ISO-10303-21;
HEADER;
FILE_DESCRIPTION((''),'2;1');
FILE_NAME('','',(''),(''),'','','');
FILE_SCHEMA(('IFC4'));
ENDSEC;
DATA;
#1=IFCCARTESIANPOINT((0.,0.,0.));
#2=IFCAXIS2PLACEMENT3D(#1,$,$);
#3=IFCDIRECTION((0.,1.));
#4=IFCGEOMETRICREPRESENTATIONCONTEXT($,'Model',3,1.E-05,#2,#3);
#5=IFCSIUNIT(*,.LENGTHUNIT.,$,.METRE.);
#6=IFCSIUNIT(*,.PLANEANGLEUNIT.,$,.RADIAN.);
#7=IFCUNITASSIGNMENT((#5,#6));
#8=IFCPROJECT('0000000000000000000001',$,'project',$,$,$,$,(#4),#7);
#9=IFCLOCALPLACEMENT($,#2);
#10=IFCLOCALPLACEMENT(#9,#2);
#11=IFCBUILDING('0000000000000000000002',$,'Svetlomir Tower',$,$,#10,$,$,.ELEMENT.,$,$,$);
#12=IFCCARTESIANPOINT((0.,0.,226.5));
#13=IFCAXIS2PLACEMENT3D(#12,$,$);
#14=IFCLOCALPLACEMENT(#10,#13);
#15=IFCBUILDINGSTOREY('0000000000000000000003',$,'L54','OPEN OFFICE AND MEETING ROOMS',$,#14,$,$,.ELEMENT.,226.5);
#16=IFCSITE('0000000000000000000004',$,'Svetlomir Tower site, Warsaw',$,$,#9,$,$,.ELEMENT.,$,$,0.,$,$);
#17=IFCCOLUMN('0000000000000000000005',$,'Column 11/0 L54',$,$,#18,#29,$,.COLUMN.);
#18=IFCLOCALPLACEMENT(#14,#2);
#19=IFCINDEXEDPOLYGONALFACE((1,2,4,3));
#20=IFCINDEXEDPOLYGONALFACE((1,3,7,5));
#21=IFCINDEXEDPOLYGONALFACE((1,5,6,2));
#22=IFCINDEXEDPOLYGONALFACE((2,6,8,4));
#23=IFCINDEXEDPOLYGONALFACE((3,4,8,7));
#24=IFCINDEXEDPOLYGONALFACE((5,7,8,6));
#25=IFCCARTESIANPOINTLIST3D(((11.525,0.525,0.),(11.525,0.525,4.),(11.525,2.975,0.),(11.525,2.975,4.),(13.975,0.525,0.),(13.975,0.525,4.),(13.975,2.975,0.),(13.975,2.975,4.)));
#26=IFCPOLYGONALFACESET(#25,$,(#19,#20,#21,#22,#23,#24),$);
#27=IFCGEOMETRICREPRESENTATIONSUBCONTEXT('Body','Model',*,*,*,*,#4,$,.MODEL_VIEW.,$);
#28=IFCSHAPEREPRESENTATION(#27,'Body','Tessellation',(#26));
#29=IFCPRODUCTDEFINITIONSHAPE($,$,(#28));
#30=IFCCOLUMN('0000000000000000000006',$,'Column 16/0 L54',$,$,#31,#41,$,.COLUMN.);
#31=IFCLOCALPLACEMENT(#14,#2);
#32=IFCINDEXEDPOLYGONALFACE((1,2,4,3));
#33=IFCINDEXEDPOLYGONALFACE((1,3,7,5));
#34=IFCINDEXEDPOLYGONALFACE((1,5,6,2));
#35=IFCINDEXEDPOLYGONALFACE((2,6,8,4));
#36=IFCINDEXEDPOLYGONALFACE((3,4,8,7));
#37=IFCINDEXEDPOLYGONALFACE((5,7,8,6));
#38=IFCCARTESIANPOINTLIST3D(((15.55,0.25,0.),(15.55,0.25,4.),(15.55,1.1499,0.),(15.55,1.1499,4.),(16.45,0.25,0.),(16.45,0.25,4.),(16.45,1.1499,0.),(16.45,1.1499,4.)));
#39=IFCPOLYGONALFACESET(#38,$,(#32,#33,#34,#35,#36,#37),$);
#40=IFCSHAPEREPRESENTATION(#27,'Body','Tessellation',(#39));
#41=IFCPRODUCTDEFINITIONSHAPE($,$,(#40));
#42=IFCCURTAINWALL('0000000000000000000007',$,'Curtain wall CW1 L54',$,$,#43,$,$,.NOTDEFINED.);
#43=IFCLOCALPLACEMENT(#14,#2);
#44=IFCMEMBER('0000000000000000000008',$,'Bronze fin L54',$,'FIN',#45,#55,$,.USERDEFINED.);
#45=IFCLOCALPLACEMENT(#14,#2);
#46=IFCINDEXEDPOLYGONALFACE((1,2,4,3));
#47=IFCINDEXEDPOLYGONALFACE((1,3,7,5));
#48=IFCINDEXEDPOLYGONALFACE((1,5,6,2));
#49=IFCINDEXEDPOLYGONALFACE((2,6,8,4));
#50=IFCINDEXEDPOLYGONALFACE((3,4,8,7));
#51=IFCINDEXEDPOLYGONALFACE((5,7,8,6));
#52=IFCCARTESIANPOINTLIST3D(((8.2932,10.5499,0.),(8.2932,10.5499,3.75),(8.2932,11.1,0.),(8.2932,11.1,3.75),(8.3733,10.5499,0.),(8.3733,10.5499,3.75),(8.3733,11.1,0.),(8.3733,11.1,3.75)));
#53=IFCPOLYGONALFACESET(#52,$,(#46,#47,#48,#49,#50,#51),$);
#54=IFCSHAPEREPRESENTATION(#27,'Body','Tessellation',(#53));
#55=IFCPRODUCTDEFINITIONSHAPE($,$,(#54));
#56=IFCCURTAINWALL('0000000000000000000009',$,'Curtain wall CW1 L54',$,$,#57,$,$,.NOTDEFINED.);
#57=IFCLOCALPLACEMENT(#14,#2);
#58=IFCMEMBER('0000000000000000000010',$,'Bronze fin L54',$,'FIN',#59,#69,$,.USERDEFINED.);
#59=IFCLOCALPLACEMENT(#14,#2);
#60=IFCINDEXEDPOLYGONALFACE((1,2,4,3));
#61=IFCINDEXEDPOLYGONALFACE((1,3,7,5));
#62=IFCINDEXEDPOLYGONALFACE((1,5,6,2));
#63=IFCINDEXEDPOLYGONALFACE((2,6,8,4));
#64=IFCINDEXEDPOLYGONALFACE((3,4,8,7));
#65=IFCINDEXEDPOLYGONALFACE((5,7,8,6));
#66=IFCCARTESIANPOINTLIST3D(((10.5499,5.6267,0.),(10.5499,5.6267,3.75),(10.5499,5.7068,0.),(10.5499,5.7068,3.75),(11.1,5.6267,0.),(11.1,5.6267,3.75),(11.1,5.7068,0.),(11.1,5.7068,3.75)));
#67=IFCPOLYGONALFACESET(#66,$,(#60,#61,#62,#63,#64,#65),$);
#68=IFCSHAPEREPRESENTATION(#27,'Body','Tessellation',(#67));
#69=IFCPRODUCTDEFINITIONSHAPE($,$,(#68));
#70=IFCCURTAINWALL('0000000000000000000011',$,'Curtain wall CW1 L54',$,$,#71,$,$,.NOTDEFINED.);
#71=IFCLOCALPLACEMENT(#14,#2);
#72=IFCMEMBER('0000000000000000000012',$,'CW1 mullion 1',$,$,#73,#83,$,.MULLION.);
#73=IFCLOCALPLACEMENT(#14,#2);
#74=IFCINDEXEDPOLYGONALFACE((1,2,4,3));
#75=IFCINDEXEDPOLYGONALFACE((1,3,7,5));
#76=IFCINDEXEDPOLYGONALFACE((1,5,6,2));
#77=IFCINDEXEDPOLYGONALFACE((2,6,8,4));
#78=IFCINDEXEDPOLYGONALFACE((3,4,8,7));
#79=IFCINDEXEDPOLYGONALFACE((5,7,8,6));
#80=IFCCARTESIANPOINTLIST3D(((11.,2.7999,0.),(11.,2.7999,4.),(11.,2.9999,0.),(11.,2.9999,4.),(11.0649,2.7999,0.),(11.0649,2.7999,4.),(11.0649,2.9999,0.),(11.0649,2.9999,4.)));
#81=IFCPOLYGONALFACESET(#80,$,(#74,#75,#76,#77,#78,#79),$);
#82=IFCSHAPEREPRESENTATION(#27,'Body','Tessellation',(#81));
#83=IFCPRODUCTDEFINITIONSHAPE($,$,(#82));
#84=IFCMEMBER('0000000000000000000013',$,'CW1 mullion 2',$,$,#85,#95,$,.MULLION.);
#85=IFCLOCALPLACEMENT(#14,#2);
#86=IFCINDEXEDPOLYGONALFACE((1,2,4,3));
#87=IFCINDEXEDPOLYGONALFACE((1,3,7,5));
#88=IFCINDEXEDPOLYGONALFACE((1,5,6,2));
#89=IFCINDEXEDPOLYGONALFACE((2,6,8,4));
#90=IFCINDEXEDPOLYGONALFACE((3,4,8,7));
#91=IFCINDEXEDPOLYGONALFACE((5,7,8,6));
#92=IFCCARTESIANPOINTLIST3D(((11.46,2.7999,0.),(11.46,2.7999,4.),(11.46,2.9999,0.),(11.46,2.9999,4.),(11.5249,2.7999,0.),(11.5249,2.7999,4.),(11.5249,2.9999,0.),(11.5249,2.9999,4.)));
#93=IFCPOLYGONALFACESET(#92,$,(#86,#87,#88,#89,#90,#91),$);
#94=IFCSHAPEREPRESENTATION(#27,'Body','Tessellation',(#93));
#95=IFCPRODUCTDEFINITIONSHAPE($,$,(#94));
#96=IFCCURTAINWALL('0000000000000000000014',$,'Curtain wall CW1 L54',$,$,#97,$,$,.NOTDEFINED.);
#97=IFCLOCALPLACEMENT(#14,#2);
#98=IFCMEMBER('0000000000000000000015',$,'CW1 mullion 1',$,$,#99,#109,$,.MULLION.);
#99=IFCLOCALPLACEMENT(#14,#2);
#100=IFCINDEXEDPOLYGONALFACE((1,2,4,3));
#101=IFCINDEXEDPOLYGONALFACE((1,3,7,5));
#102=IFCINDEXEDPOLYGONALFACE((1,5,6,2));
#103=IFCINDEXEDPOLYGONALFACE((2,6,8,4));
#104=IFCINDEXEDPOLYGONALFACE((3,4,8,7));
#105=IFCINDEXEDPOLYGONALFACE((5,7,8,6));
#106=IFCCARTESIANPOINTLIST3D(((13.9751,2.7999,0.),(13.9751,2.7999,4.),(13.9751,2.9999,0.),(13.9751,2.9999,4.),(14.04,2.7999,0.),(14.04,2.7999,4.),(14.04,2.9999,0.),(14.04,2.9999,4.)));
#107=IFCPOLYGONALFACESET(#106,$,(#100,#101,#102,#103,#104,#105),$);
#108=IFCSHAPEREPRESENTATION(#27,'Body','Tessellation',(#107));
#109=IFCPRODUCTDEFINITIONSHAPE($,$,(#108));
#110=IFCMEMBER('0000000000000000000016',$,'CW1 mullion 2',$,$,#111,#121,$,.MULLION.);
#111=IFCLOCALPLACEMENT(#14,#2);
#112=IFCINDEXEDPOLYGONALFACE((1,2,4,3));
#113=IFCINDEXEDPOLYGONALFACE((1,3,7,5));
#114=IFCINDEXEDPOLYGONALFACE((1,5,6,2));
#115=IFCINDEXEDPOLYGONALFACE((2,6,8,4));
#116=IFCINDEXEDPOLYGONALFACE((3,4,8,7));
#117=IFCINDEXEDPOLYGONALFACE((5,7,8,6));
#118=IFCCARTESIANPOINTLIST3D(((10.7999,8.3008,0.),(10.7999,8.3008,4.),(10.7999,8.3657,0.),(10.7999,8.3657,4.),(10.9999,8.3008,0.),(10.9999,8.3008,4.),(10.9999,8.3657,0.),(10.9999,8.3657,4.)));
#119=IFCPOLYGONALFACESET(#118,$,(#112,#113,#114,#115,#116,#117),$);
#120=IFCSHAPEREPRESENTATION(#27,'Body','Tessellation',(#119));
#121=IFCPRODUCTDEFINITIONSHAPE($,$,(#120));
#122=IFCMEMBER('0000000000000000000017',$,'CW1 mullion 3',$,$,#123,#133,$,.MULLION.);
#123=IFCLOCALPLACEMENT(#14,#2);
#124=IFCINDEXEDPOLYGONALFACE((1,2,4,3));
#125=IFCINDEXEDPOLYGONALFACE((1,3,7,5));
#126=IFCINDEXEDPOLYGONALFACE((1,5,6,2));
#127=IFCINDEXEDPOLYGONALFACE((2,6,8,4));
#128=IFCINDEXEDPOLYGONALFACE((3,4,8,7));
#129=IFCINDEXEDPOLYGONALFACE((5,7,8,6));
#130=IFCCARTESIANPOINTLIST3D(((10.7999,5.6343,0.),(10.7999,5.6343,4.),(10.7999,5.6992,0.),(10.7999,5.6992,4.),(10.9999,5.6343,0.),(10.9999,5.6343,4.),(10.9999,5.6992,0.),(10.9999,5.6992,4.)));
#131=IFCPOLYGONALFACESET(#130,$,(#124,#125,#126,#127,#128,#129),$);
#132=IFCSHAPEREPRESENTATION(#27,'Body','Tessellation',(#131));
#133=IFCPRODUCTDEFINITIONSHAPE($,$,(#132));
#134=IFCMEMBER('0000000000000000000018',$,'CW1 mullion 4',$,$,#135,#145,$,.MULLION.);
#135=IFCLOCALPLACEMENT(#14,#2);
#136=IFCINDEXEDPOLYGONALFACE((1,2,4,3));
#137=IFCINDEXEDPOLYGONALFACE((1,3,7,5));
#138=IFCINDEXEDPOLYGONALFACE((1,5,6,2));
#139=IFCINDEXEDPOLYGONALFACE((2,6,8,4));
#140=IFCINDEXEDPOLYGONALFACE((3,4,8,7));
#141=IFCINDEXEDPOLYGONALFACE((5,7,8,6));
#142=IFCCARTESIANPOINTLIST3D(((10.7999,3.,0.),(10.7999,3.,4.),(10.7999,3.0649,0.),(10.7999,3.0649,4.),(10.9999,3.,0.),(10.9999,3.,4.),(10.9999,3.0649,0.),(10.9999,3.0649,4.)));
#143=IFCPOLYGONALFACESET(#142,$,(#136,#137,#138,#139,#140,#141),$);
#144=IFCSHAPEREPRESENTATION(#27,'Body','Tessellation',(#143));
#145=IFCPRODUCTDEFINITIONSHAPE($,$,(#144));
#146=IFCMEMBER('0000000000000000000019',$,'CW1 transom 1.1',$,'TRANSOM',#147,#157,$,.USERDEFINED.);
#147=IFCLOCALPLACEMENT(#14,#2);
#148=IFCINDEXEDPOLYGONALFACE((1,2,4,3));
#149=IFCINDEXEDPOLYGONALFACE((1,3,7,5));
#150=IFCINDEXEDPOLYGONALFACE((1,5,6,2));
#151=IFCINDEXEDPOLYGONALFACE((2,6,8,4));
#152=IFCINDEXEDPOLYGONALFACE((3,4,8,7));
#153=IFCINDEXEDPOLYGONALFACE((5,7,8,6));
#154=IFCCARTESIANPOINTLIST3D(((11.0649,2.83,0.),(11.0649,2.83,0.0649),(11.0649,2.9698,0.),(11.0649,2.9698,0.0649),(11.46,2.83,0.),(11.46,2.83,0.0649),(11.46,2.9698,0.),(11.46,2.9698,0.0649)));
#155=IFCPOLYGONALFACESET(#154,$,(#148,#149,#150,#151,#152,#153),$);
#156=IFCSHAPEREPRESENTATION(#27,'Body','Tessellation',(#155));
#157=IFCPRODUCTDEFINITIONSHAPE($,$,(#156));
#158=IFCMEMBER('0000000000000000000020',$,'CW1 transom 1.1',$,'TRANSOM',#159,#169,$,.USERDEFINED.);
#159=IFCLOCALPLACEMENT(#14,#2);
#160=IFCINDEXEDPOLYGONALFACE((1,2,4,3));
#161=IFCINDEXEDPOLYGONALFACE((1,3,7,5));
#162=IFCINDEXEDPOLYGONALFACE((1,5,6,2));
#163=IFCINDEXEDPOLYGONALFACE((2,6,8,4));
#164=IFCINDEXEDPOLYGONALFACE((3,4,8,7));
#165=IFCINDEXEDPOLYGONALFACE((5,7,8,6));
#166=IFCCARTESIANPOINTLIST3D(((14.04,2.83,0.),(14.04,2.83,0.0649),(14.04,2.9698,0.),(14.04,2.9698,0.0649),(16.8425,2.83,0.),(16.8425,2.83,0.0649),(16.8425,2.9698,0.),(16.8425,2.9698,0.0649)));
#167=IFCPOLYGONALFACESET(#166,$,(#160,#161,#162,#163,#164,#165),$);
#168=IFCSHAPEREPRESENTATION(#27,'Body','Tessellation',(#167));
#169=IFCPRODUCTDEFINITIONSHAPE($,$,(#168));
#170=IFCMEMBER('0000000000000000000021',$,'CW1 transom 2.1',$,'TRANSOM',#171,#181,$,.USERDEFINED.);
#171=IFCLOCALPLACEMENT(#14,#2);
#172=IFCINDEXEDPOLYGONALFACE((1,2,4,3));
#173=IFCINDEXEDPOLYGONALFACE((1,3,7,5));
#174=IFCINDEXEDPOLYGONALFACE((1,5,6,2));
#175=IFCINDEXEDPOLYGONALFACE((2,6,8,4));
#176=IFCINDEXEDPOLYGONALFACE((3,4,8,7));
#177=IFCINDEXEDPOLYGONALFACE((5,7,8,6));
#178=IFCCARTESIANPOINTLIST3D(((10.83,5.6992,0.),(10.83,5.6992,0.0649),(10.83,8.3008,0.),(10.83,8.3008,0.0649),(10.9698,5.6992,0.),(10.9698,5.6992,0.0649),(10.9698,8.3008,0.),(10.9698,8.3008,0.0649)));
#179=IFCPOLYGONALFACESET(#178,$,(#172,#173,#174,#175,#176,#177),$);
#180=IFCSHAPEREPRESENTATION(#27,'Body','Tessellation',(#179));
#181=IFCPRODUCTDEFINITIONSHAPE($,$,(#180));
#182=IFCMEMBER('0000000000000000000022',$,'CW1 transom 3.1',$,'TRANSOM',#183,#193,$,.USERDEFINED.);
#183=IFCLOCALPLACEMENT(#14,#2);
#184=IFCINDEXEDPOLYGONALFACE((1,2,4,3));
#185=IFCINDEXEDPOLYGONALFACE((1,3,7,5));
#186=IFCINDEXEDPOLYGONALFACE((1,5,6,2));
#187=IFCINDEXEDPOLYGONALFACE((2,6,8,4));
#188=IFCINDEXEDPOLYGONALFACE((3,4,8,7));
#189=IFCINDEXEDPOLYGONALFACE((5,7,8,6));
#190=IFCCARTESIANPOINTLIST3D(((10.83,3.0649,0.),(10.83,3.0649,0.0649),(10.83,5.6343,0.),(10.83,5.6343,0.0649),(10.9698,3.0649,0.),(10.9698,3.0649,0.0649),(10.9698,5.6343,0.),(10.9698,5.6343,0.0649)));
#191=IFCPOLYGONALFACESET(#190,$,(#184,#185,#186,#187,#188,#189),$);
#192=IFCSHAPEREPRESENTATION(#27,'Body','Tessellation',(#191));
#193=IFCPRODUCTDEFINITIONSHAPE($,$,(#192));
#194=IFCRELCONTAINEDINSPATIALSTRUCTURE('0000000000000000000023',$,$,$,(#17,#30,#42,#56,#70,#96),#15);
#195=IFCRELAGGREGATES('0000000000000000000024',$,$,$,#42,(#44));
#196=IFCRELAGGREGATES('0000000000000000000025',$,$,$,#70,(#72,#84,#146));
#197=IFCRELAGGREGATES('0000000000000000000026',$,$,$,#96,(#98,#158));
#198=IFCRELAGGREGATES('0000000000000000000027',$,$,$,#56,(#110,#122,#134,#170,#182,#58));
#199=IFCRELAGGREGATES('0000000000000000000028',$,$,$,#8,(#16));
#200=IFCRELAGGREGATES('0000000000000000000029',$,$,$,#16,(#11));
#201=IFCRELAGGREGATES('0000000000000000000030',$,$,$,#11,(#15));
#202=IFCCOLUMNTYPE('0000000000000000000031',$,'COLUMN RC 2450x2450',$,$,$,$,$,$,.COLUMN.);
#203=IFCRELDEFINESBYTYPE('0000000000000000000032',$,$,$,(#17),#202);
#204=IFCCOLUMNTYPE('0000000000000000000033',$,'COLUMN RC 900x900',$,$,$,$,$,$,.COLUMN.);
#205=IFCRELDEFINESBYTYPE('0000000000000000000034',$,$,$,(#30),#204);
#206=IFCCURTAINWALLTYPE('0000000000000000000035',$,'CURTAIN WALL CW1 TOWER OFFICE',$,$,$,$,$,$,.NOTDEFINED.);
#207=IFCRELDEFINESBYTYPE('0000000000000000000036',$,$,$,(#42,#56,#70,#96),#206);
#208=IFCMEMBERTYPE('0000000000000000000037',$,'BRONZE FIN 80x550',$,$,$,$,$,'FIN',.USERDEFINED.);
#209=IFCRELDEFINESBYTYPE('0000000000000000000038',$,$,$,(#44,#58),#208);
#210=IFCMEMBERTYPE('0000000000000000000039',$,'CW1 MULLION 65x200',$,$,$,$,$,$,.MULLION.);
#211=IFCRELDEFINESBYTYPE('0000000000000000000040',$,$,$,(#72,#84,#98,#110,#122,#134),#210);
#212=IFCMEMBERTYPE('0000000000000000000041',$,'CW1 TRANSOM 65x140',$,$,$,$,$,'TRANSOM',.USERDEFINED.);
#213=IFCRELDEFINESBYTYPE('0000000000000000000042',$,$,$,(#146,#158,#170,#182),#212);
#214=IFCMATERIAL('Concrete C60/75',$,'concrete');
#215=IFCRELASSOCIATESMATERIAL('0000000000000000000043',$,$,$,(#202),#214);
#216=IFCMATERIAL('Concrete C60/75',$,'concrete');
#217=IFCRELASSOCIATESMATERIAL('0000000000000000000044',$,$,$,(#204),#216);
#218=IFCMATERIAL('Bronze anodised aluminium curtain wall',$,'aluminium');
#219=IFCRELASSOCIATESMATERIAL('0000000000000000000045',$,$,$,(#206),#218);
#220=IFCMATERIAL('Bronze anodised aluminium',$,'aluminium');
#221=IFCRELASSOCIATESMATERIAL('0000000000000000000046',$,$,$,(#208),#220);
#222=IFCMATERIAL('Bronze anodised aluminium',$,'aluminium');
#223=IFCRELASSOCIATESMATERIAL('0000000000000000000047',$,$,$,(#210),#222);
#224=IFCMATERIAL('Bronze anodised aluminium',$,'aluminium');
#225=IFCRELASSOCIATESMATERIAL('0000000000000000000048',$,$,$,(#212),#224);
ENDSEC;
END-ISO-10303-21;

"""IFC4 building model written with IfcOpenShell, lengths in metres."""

from ifc_helpers import new_model, si_unit, direction, frame, origin, origin_2d, place, context, subcontext, project, spatial, rectangle, extrude, material, material_profile, profile_set, type_object, element, aggregate, save


model = new_model("IFC4")

# Units and contexts
model_context = context("Model", 3, precision=1e-05, world=origin(), true_north=direction((0.0, 1.0)))
body_context = subcontext(model_context, "Body", "Model", "MODEL_VIEW")
ifc_project = project(units=[si_unit("LENGTHUNIT", "METRE"), si_unit("PLANEANGLEUNIT", "RADIAN")], contexts=[model_context])

# Site, building, storey
site_placement = place(None, origin())
site = spatial("IfcSite", under=ifc_project, at=site_placement, Name="Svetlomir Tower site, Warsaw", CompositionType="ELEMENT", RefElevation=0.0)
building_placement = place(site_placement, origin())
building = spatial("IfcBuilding", under=site, at=building_placement, Name="Svetlomir Tower", CompositionType="ELEMENT")
storey_placement = place(building_placement, frame((0.0, 0.0, 226.5)))
storey = spatial("IfcBuildingStorey", under=building, at=storey_placement, Name="L54", Description="OPEN OFFICE AND MEETING ROOMS", CompositionType="ELEMENT", Elevation=226.5)

# Columns
ifc_material_1 = material(Name="Concrete C60/75", Category="concrete")
ifc_material_profile_1 = material_profile(ifc_material_1, rectangle(XDim=2.45, YDim=2.45, at=origin_2d()), Name="RC 2450x2450")
ifc_profile_set_1 = profile_set([ifc_material_profile_1], Name="Concrete C60/75")
column_type_1 = type_object("IfcColumnType", Name="COLUMN RC 2450x2450", PredefinedType="COLUMN", material=ifc_profile_set_1)
column_1_placement = place(storey_placement, frame((12.75, 1.75, 0.0), z_axis=(0.0, 0.0, 1.0), x_axis=(1.0, 0.0, 0.0)))
element("IfcColumn", 1, at=column_1_placement, inside=storey, type_object=column_type_1, Name="Column 11/0 L54", PredefinedType="COLUMN", context=body_context, shape_type="SweptSolid", body=[
    extrude(rectangle(XDim=2.45, YDim=2.45, at=origin_2d()), origin(), (0.0, 0.0, 1.0), 4.0),
])
ifc_material_2 = material(Name="Concrete C60/75", Category="concrete")
ifc_material_profile_2 = material_profile(ifc_material_2, rectangle(XDim=0.8999, YDim=0.8999, at=origin_2d()), Name="RC 900x900")
ifc_profile_set_2 = profile_set([ifc_material_profile_2], Name="Concrete C60/75")
column_type_2 = type_object("IfcColumnType", Name="COLUMN RC 900x900", PredefinedType="COLUMN", material=ifc_profile_set_2)
column_2_placement = place(storey_placement, frame((16.0, 0.7, 0.0), z_axis=(0.0, 0.0, 1.0), x_axis=(1.0, 0.0, 0.0)))
element("IfcColumn", 2, at=column_2_placement, inside=storey, type_object=column_type_2, Name="Column 16/0 L54", PredefinedType="COLUMN", context=body_context, shape_type="SweptSolid", body=[
    extrude(rectangle(XDim=0.8999, YDim=0.8999, at=origin_2d()), origin(), (0.0, 0.0, 1.0), 4.0),
])

# Curtain walls, members
ifc_material_3 = material(Name="Bronze anodised aluminium curtain wall", Category="aluminium")
curtain_wall_type = type_object("IfcCurtainWallType", Name="CURTAIN WALL CW1 TOWER OFFICE", PredefinedType="NOTDEFINED", material=ifc_material_3)
curtain_wall_1_placement = place(storey_placement, origin())
curtain_wall_1 = element("IfcCurtainWall", 3, at=curtain_wall_1_placement, inside=storey, type_object=curtain_wall_type, Name="Curtain wall CW1 L54", PredefinedType="NOTDEFINED")
ifc_material_4 = material(Name="Bronze anodised aluminium", Category="aluminium")
ifc_material_profile_3 = material_profile(ifc_material_4, rectangle(XDim=0.0801, YDim=0.55, at=origin_2d()), Name="FIN 80x550")
ifc_profile_set_3 = profile_set([ifc_material_profile_3], Name="Bronze anodised aluminium 6063-T6")
member_type_1 = type_object("IfcMemberType", Name="BRONZE FIN 80x550", ElementType="FIN", PredefinedType="USERDEFINED", material=ifc_profile_set_3)
member_1_placement = place(storey_placement, frame((8.3333, 10.825, 0.0), z_axis=(0.0, 0.0, 1.0), x_axis=(1.0, 0.0, 0.0)))
member_1 = element("IfcMember", 4, at=member_1_placement, type_object=member_type_1, Name="Bronze fin L54", ObjectType="FIN", PredefinedType="USERDEFINED", context=body_context, shape_type="SweptSolid", body=[
    extrude(rectangle(XDim=0.0801, YDim=0.55, at=origin_2d()), origin(), (0.0, 0.0, 1.0), 3.75),
])
aggregate(curtain_wall_1, [member_1])
curtain_wall_2_placement = place(storey_placement, origin())
curtain_wall_2 = element("IfcCurtainWall", 5, at=curtain_wall_2_placement, inside=storey, type_object=curtain_wall_type, Name="Curtain wall CW1 L54", PredefinedType="NOTDEFINED")
member_2_placement = place(storey_placement, frame((10.825, 5.6667, 0.0), z_axis=(0.0, 0.0, 1.0), x_axis=(0.0, 1.0, 0.0)))
member_2 = element("IfcMember", 6, at=member_2_placement, type_object=member_type_1, Name="Bronze fin L54", ObjectType="FIN", PredefinedType="USERDEFINED", context=body_context, shape_type="SweptSolid", body=[
    extrude(rectangle(XDim=0.0801, YDim=0.55, at=origin_2d()), origin(), (0.0, 0.0, 1.0), 3.75),
])

# Curtain wall, members
curtain_wall_3_placement = place(storey_placement, origin())
curtain_wall_3 = element("IfcCurtainWall", 7, at=curtain_wall_3_placement, inside=storey, type_object=curtain_wall_type, Name="Curtain wall CW1 L54", PredefinedType="NOTDEFINED")
ifc_material_5 = material(Name="Bronze anodised aluminium", Category="aluminium")
ifc_material_profile_4 = material_profile(ifc_material_5, rectangle(XDim=0.0649, YDim=0.2, at=origin_2d()), Name="AL 65x200")
ifc_profile_set_4 = profile_set([ifc_material_profile_4], Name="Bronze anodised aluminium 6063-T6")
member_type_2 = type_object("IfcMemberType", Name="CW1 MULLION 65x200", PredefinedType="MULLION", material=ifc_profile_set_4)
member_3_placement = place(storey_placement, frame((11.0325, 2.8999, 0.0), z_axis=(0.0, 0.0, 1.0), x_axis=(1.0, 0.0, 0.0)))
member_3 = element("IfcMember", 8, at=member_3_placement, type_object=member_type_2, Name="CW1 mullion 1", PredefinedType="MULLION", context=body_context, shape_type="SweptSolid", body=[
    extrude(rectangle(XDim=0.0649, YDim=0.2, at=origin_2d()), origin(), (0.0, 0.0, 1.0), 4.0),
])
member_4_placement = place(storey_placement, frame((11.4924, 2.8999, 0.0), z_axis=(0.0, 0.0, 1.0), x_axis=(1.0, 0.0, 0.0)))
member_4 = element("IfcMember", 9, at=member_4_placement, type_object=member_type_2, Name="CW1 mullion 2", PredefinedType="MULLION", context=body_context, shape_type="SweptSolid", body=[
    extrude(rectangle(XDim=0.0649, YDim=0.2, at=origin_2d()), origin(), (0.0, 0.0, 1.0), 4.0),
])

# Curtain wall, member
curtain_wall_4_placement = place(storey_placement, origin())
curtain_wall_4 = element("IfcCurtainWall", 10, at=curtain_wall_4_placement, inside=storey, type_object=curtain_wall_type, Name="Curtain wall CW1 L54", PredefinedType="NOTDEFINED")
member_5_placement = place(storey_placement, frame((14.0076, 2.8999, 0.0), z_axis=(0.0, 0.0, 1.0), x_axis=(1.0, 0.0, 0.0)))
member_5 = element("IfcMember", 11, at=member_5_placement, type_object=member_type_2, Name="CW1 mullion 1", PredefinedType="MULLION", context=body_context, shape_type="SweptSolid", body=[
    extrude(rectangle(XDim=0.0649, YDim=0.2, at=origin_2d()), origin(), (0.0, 0.0, 1.0), 4.0),
])

# Members
member_6_placement = place(storey_placement, frame((10.8999, 8.3333, 0.0), z_axis=(0.0, 0.0, 1.0), x_axis=(0.0, -1.0, 0.0)))
member_6 = element("IfcMember", 12, at=member_6_placement, type_object=member_type_2, Name="CW1 mullion 2", PredefinedType="MULLION", context=body_context, shape_type="SweptSolid", body=[
    extrude(rectangle(XDim=0.0649, YDim=0.2, at=origin_2d()), origin(), (0.0, 0.0, 1.0), 4.0),
])
member_7_placement = place(storey_placement, frame((10.8999, 5.6667, 0.0), z_axis=(0.0, 0.0, 1.0), x_axis=(0.0, -1.0, 0.0)))
member_7 = element("IfcMember", 13, at=member_7_placement, type_object=member_type_2, Name="CW1 mullion 3", PredefinedType="MULLION", context=body_context, shape_type="SweptSolid", body=[
    extrude(rectangle(XDim=0.0649, YDim=0.2, at=origin_2d()), origin(), (0.0, 0.0, 1.0), 4.0),
])
member_8_placement = place(storey_placement, frame((10.8999, 3.0325, 0.0), z_axis=(0.0, 0.0, 1.0), x_axis=(0.0, -1.0, 0.0)))
member_8 = element("IfcMember", 14, at=member_8_placement, type_object=member_type_2, Name="CW1 mullion 4", PredefinedType="MULLION", context=body_context, shape_type="SweptSolid", body=[
    extrude(rectangle(XDim=0.0649, YDim=0.2, at=origin_2d()), origin(), (0.0, 0.0, 1.0), 4.0),
])
ifc_material_6 = material(Name="Bronze anodised aluminium", Category="aluminium")
ifc_material_profile_5 = material_profile(ifc_material_6, rectangle(XDim=0.1399, YDim=0.0649, at=origin_2d()), Name="AL 140x65")
ifc_profile_set_5 = profile_set([ifc_material_profile_5], Name="Bronze anodised aluminium 6063-T6")
member_type_3 = type_object("IfcMemberType", Name="CW1 TRANSOM 65x140", ElementType="TRANSOM", PredefinedType="USERDEFINED", material=ifc_profile_set_5)
member_9_placement = place(storey_placement, frame((11.0649, 2.8999, 0.0325), z_axis=(1.0, 0.0, 0.0), x_axis=(0.0, 1.0, 0.0)))
member_9 = element("IfcMember", 15, at=member_9_placement, type_object=member_type_3, Name="CW1 transom 1.1", ObjectType="TRANSOM", PredefinedType="USERDEFINED", context=body_context, shape_type="SweptSolid", body=[
    extrude(rectangle(XDim=0.1399, YDim=0.0649, at=origin_2d()), origin(), (0.0, 0.0, 1.0), 0.395),
])
member_10_placement = place(storey_placement, frame((14.04, 2.8999, 0.0325), z_axis=(1.0, 0.0, 0.0), x_axis=(0.0, 1.0, 0.0)))
member_10 = element("IfcMember", 16, at=member_10_placement, type_object=member_type_3, Name="CW1 transom 1.1", ObjectType="TRANSOM", PredefinedType="USERDEFINED", context=body_context, shape_type="SweptSolid", body=[
    extrude(rectangle(XDim=0.1399, YDim=0.0649, at=origin_2d()), origin(), (0.0, 0.0, 1.0), 2.8025),
])
member_11_placement = place(storey_placement, frame((10.8999, 8.3008, 0.0325), z_axis=(0.0, -1.0, 0.0), x_axis=(1.0, 0.0, 0.0)))
member_11 = element("IfcMember", 17, at=member_11_placement, type_object=member_type_3, Name="CW1 transom 2.1", ObjectType="TRANSOM", PredefinedType="USERDEFINED", context=body_context, shape_type="SweptSolid", body=[
    extrude(rectangle(XDim=0.1399, YDim=0.0649, at=origin_2d()), origin(), (0.0, 0.0, 1.0), 2.6016),
])
member_12_placement = place(storey_placement, frame((10.8999, 5.6343, 0.0325), z_axis=(0.0, -1.0, 0.0), x_axis=(1.0, 0.0, 0.0)))
member_12 = element("IfcMember", 18, at=member_12_placement, type_object=member_type_3, Name="CW1 transom 3.1", ObjectType="TRANSOM", PredefinedType="USERDEFINED", context=body_context, shape_type="SweptSolid", body=[
    extrude(rectangle(XDim=0.1399, YDim=0.0649, at=origin_2d()), origin(), (0.0, 0.0, 1.0), 2.5693),
])

aggregate(curtain_wall_3, [member_3, member_4, member_9])
aggregate(curtain_wall_4, [member_5, member_10])
aggregate(curtain_wall_2, [member_6, member_7, member_8, member_11, member_12, member_2])

save(model, "model.ifc")
